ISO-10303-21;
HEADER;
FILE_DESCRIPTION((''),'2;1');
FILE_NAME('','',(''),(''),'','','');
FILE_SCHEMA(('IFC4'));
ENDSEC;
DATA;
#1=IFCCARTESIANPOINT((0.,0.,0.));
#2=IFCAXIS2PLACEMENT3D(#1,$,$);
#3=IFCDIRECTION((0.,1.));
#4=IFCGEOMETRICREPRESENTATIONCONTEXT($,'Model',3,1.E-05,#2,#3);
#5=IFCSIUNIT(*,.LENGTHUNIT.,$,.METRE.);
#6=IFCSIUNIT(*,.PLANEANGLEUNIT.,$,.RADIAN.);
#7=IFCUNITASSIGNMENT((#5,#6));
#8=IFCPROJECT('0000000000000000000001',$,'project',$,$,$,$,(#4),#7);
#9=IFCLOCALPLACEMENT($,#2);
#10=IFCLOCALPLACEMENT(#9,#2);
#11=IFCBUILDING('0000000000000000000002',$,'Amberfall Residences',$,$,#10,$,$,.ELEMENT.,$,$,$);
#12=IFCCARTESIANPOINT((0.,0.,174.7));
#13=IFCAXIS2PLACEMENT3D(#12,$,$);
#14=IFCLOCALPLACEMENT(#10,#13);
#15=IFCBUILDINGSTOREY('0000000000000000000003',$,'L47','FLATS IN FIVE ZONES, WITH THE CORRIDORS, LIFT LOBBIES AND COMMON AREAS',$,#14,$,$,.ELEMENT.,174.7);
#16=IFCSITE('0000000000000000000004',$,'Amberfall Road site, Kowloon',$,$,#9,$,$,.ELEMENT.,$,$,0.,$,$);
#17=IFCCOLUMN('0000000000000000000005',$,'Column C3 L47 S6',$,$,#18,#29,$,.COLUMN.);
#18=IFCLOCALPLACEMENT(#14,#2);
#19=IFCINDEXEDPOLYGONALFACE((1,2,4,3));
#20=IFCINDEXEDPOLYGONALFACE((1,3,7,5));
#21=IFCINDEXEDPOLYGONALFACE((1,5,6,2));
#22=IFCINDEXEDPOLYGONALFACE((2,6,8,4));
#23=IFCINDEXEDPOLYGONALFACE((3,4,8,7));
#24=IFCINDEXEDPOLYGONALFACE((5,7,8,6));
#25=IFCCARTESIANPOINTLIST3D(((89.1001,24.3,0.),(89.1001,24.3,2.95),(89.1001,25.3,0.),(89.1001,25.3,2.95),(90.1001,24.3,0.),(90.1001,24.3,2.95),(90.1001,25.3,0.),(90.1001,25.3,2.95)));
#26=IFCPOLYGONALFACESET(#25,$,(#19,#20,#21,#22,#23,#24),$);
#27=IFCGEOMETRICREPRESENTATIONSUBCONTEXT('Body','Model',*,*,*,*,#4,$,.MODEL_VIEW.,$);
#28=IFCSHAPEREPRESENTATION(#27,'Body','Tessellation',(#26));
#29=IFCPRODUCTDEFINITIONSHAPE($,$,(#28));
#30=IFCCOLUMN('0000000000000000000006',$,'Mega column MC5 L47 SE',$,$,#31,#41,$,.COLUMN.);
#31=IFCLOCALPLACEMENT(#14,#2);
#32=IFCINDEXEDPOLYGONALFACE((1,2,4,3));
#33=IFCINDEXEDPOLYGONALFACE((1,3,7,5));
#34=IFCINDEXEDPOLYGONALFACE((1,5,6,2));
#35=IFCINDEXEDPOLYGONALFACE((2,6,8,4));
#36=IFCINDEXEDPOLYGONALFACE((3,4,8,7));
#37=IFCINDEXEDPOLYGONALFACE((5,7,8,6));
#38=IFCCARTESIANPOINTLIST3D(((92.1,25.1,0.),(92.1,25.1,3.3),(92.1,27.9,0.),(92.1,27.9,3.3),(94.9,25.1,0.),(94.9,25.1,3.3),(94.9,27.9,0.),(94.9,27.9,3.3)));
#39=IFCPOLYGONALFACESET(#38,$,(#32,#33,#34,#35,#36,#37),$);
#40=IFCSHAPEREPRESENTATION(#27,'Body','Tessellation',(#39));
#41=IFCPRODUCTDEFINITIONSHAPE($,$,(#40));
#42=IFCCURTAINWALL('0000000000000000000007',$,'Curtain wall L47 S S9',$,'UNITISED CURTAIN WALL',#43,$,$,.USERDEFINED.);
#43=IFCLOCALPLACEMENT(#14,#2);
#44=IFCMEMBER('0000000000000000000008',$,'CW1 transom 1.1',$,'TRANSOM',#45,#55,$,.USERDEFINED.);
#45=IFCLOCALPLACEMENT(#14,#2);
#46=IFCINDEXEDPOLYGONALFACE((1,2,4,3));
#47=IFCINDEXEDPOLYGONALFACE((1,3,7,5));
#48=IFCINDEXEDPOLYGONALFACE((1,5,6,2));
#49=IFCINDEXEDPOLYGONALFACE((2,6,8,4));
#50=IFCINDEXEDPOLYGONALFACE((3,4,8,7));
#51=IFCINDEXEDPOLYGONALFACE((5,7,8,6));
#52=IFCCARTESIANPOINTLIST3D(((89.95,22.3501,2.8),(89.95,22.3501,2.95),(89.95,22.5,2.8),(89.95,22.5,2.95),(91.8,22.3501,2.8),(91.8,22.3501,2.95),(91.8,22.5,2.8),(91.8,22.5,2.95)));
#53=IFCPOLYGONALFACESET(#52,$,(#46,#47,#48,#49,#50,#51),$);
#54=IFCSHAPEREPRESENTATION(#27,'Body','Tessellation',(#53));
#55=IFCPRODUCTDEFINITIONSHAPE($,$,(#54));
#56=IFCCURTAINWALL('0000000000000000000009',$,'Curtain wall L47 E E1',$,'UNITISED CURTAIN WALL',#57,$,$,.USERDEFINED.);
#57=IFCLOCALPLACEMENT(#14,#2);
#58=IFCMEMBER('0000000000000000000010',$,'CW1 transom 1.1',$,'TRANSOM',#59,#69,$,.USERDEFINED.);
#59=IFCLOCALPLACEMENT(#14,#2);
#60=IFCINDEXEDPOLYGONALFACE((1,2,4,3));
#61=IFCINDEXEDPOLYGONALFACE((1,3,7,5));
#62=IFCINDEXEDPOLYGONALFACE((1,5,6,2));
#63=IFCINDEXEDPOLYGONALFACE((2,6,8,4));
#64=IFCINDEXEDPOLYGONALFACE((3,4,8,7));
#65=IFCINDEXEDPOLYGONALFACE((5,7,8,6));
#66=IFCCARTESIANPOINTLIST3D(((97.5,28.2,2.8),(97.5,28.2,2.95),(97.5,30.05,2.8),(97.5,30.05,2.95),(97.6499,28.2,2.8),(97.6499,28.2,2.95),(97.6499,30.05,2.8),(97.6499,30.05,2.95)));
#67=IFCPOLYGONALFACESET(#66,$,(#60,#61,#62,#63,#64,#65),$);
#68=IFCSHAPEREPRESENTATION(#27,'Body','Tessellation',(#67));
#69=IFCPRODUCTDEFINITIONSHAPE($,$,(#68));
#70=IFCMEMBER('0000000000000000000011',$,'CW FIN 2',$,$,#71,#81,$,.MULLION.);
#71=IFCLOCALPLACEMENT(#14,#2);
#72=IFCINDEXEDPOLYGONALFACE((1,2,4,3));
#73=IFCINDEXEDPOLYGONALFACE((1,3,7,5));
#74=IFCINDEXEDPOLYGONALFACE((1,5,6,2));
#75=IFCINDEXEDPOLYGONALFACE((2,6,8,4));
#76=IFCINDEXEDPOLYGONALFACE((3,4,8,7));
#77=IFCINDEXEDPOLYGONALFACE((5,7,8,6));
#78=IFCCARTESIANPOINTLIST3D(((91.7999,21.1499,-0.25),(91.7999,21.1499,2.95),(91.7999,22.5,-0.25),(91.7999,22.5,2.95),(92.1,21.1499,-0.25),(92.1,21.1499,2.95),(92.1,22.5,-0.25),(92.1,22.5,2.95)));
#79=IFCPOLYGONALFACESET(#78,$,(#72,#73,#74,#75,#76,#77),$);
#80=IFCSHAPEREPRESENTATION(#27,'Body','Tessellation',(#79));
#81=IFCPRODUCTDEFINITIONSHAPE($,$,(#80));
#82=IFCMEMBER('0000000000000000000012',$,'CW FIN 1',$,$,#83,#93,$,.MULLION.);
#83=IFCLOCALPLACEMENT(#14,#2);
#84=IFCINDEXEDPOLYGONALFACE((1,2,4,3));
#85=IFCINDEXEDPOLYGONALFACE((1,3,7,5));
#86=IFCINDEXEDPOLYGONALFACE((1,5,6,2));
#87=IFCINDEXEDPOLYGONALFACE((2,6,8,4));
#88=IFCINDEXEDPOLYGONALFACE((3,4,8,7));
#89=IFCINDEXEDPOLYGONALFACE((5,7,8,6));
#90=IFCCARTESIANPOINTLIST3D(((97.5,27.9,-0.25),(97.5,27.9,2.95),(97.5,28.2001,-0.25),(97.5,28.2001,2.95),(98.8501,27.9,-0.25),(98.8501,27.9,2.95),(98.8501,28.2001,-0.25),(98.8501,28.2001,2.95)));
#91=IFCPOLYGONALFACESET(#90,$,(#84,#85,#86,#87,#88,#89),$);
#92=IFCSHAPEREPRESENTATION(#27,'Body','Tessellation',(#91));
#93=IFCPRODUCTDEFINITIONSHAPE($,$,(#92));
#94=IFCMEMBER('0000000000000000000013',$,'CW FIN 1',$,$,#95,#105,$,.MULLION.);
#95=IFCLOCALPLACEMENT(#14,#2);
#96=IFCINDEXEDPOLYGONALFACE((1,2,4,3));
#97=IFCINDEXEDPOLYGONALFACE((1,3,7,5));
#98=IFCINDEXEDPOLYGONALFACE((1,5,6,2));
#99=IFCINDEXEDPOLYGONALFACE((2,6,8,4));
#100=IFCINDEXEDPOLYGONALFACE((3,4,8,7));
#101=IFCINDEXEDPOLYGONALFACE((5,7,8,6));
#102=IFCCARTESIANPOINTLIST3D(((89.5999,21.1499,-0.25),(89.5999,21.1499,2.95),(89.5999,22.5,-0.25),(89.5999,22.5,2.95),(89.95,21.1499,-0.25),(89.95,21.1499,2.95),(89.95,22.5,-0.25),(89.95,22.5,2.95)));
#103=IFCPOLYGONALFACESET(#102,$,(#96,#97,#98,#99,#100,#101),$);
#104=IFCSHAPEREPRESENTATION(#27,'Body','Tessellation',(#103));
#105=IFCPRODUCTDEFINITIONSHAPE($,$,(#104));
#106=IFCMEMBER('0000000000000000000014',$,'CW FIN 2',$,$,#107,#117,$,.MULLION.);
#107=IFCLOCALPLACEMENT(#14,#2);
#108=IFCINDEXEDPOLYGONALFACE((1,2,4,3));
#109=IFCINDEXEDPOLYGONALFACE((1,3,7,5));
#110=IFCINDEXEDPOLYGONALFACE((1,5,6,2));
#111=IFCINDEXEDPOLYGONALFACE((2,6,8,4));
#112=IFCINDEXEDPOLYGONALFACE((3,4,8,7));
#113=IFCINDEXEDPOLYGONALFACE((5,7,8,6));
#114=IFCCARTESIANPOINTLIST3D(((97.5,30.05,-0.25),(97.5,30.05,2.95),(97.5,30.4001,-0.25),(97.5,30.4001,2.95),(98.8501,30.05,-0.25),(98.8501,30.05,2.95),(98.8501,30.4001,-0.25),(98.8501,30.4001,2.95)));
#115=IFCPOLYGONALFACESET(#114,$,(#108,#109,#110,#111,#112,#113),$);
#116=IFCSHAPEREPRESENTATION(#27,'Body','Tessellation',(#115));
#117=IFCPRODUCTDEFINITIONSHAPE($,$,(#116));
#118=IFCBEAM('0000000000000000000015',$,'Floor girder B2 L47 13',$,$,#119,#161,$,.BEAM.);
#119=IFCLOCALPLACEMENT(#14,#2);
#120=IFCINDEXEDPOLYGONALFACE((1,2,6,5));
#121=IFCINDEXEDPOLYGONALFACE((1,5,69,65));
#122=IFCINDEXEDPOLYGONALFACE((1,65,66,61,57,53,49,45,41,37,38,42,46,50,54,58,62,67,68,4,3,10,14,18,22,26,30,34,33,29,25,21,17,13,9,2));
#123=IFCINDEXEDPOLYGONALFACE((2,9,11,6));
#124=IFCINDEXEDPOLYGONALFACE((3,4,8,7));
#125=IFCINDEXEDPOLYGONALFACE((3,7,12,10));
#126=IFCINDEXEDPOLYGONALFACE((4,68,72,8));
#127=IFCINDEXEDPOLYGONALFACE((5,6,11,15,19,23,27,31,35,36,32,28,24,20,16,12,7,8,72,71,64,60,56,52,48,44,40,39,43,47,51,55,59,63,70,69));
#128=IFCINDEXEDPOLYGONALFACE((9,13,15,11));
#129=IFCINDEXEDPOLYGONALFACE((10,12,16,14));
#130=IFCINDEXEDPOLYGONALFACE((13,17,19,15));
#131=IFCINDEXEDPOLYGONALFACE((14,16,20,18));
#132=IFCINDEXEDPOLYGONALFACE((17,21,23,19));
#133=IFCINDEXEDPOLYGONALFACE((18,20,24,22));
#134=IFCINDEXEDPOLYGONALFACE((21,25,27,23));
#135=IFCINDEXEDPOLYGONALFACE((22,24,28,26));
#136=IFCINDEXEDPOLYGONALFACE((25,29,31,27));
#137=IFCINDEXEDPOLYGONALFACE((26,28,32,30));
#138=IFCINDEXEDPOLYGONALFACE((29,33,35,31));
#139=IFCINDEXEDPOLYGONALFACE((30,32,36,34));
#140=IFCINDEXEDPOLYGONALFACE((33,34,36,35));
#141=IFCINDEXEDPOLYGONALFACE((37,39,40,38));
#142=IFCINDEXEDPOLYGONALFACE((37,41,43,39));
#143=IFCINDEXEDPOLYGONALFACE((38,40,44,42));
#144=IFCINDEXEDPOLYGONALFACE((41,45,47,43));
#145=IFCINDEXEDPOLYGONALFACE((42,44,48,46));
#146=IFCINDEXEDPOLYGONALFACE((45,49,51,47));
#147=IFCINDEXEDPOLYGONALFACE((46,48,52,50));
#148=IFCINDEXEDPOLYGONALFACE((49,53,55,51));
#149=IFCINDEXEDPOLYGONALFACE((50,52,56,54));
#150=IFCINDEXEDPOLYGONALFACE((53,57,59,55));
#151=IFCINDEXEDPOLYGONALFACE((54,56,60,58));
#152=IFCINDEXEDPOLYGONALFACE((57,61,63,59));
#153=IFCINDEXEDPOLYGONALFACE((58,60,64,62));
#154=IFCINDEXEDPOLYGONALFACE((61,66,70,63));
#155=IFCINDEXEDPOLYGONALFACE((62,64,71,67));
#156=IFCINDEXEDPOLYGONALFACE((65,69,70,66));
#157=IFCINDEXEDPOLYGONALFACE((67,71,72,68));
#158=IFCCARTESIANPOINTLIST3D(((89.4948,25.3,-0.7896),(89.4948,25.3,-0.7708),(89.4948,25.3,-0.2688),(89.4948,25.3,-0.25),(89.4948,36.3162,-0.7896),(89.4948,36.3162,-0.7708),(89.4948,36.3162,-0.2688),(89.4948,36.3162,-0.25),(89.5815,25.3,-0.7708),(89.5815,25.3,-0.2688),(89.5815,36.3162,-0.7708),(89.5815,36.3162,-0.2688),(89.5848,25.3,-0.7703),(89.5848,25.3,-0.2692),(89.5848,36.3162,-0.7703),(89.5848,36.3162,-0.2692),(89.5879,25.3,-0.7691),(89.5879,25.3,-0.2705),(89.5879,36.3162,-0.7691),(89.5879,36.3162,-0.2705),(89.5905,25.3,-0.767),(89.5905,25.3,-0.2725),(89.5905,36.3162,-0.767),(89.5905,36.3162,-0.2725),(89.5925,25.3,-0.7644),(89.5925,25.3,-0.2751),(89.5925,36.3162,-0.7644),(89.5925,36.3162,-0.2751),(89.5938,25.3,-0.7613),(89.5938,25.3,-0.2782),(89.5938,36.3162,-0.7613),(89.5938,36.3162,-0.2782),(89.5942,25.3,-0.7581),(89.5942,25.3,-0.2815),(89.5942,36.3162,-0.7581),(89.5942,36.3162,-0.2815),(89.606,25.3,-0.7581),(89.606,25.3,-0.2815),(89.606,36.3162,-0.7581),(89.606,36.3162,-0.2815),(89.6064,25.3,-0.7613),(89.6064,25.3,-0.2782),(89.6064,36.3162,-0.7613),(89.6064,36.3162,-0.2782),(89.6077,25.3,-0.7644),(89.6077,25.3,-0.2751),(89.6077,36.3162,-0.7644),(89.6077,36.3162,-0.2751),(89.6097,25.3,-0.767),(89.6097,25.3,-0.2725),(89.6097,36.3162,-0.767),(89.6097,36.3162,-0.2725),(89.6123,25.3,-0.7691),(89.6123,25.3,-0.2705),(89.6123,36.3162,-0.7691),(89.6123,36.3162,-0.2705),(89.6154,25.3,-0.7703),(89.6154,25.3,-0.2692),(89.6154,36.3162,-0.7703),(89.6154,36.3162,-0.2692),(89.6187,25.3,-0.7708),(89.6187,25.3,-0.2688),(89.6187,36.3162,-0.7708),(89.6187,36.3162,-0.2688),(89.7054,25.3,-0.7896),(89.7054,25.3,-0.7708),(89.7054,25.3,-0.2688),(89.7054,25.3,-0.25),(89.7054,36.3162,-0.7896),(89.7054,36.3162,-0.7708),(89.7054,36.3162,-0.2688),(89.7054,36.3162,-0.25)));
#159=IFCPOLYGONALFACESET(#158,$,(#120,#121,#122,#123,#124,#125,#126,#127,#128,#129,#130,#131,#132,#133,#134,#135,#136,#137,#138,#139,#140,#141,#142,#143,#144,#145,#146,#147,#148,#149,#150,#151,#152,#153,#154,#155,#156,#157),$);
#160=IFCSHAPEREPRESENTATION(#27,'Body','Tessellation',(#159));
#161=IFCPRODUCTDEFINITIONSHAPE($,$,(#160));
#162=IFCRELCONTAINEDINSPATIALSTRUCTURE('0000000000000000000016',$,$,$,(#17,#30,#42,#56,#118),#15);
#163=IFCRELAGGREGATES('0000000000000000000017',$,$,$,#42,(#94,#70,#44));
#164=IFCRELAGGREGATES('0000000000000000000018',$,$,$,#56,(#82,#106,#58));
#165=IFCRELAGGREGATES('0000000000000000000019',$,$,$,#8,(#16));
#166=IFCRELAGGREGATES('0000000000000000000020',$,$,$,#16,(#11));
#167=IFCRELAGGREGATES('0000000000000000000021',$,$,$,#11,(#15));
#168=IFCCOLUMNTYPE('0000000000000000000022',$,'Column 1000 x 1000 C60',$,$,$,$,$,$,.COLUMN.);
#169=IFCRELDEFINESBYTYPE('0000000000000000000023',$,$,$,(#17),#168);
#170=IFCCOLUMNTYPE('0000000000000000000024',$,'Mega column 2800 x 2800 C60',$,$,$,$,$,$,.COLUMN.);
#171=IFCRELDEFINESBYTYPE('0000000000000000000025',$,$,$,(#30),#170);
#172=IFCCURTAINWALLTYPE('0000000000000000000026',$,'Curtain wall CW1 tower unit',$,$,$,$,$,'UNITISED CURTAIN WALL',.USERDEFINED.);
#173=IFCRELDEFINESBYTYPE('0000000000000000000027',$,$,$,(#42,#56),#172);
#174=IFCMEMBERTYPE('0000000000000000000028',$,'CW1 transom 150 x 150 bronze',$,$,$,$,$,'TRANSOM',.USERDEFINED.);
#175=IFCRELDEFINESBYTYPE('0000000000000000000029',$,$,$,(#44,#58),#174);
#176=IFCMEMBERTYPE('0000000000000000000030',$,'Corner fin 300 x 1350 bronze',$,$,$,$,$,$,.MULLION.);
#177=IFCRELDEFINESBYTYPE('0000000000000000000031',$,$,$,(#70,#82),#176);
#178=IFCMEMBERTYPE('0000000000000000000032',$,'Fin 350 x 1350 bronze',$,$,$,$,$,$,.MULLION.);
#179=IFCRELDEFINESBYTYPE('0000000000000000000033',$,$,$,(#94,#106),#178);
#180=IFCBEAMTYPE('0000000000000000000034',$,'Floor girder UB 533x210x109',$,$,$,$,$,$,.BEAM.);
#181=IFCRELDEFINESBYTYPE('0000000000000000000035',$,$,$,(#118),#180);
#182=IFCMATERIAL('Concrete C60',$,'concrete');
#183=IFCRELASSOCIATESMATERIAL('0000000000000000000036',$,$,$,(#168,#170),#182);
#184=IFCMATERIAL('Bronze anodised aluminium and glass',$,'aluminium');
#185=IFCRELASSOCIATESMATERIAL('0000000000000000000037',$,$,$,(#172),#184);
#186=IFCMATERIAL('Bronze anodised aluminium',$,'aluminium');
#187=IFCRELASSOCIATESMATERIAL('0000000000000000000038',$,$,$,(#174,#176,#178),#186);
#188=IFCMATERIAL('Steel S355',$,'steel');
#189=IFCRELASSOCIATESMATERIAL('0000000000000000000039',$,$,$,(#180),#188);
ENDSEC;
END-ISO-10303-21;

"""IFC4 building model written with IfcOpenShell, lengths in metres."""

from ifc_helpers import new_model, si_unit, direction, frame, origin, origin_2d, place, context, subcontext, project, spatial, rectangle, i_section, extrude, material, material_profile, profile_set, type_object, element, aggregate, save


model = new_model("IFC4")

# Units and contexts
model_context = context("Model", 3, precision=1e-05, world=origin(), true_north=direction((0.0, 1.0)))
body_context = subcontext(model_context, "Body", "Model", "MODEL_VIEW")
ifc_project = project(units=[si_unit("LENGTHUNIT", "METRE"), si_unit("PLANEANGLEUNIT", "RADIAN")], contexts=[model_context])

# Site, building, storey
site_placement = place(None, origin())
site = spatial("IfcSite", under=ifc_project, at=site_placement, Name="Amberfall Road site, Kowloon", CompositionType="ELEMENT", RefElevation=0.0)
building_placement = place(site_placement, origin())
building = spatial("IfcBuilding", under=site, at=building_placement, Name="Amberfall Residences", CompositionType="ELEMENT")
storey_placement = place(building_placement, frame((0.0, 0.0, 174.7)))
storey = spatial("IfcBuildingStorey", under=building, at=storey_placement, Name="L47", Description="FLATS IN FIVE ZONES, WITH THE CORRIDORS, LIFT LOBBIES AND COMMON AREAS", CompositionType="ELEMENT", Elevation=174.7)

# Columns
ifc_material_1 = material(Name="Concrete C60", Category="concrete")
ifc_material_profile_1 = material_profile(ifc_material_1, rectangle(XDim=1.0, YDim=1.0, at=origin_2d()), Name="Column 1000 x 1000 C60")
ifc_profile_set_1 = profile_set([ifc_material_profile_1], Name="Concrete C60")
column_type_1 = type_object("IfcColumnType", Name="Column 1000 x 1000 C60", PredefinedType="COLUMN", material=ifc_profile_set_1)
column_1_placement = place(storey_placement, frame((89.6001, 24.8, 0.0), z_axis=(0.0, 0.0, 1.0), x_axis=(1.0, 0.0, 0.0)))
element("IfcColumn", 1, at=column_1_placement, inside=storey, type_object=column_type_1, Name="Column C3 L47 S6", PredefinedType="COLUMN", context=body_context, shape_type="SweptSolid", body=[
    extrude(rectangle(XDim=1.0, YDim=1.0, at=origin_2d()), origin(), (0.0, 0.0, 1.0), 2.95),
])
ifc_material_profile_2 = material_profile(ifc_material_1, rectangle(XDim=2.8, YDim=2.8, at=origin_2d()), Name="Mega column 2800 x 2800 C60")
ifc_profile_set_2 = profile_set([ifc_material_profile_2], Name="Concrete C60")
column_type_2 = type_object("IfcColumnType", Name="Mega column 2800 x 2800 C60", PredefinedType="COLUMN", material=ifc_profile_set_2)
column_2_placement = place(storey_placement, frame((93.5, 26.5, 0.0), z_axis=(0.0, 0.0, 1.0), x_axis=(1.0, 0.0, 0.0)))
element("IfcColumn", 2, at=column_2_placement, inside=storey, type_object=column_type_2, Name="Mega column MC5 L47 SE", PredefinedType="COLUMN", context=body_context, shape_type="SweptSolid", body=[
    extrude(rectangle(XDim=2.8, YDim=2.8, at=origin_2d()), origin(), (0.0, 0.0, 1.0), 3.3),
])

# Curtain walls, members
ifc_material_2 = material(Name="Bronze anodised aluminium and glass", Category="aluminium")
curtain_wall_type = type_object("IfcCurtainWallType", Name="Curtain wall CW1 tower unit", ElementType="UNITISED CURTAIN WALL", PredefinedType="USERDEFINED", material=ifc_material_2)
curtain_wall_1_placement = place(storey_placement, origin())
curtain_wall_1 = element("IfcCurtainWall", 3, at=curtain_wall_1_placement, inside=storey, type_object=curtain_wall_type, Name="Curtain wall L47 S S9", ObjectType="UNITISED CURTAIN WALL", PredefinedType="USERDEFINED")
ifc_material_3 = material(Name="Bronze anodised aluminium", Category="aluminium")
ifc_material_profile_3 = material_profile(ifc_material_3, rectangle(XDim=0.1499, YDim=0.1499, at=origin_2d()), Name="CW1 transom 150 x 150 bronze")
ifc_profile_set_3 = profile_set([ifc_material_profile_3], Name="Bronze anodised aluminium")
member_type_1 = type_object("IfcMemberType", Name="CW1 transom 150 x 150 bronze", ElementType="TRANSOM", PredefinedType="USERDEFINED", material=ifc_profile_set_3)
member_1_placement = place(storey_placement, frame((89.95, 22.425, 2.875), z_axis=(1.0, 0.0, 0.0), x_axis=(0.0, 1.0, 0.0)))
member_1 = element("IfcMember", 4, at=member_1_placement, type_object=member_type_1, Name="CW1 transom 1.1", ObjectType="TRANSOM", PredefinedType="USERDEFINED", context=body_context, shape_type="SweptSolid", body=[
    extrude(rectangle(XDim=0.1499, YDim=0.1499, at=origin_2d()), origin(), (0.0, 0.0, 1.0), 1.8501),
])
curtain_wall_2_placement = place(storey_placement, origin())
curtain_wall_2 = element("IfcCurtainWall", 5, at=curtain_wall_2_placement, inside=storey, type_object=curtain_wall_type, Name="Curtain wall L47 E E1", ObjectType="UNITISED CURTAIN WALL", PredefinedType="USERDEFINED")
member_2_placement = place(storey_placement, frame((97.575, 28.2, 2.875), z_axis=(0.0, 1.0, 0.0), x_axis=(-1.0, 0.0, 0.0)))
member_2 = element("IfcMember", 6, at=member_2_placement, type_object=member_type_1, Name="CW1 transom 1.1", ObjectType="TRANSOM", PredefinedType="USERDEFINED", context=body_context, shape_type="SweptSolid", body=[
    extrude(rectangle(XDim=0.1499, YDim=0.1499, at=origin_2d()), origin(), (0.0, 0.0, 1.0), 1.8501),
])

# Members
ifc_material_profile_4 = material_profile(ifc_material_3, rectangle(XDim=1.3501, YDim=0.3, at=origin_2d()), Name="Corner fin 300 x 1350 bronze")
ifc_profile_set_4 = profile_set([ifc_material_profile_4], Name="Bronze anodised aluminium")
member_type_2 = type_object("IfcMemberType", Name="Corner fin 300 x 1350 bronze", PredefinedType="MULLION", material=ifc_profile_set_4)
member_3_placement = place(storey_placement, frame((91.95, 21.825, -0.25), z_axis=(0.0, 0.0, 1.0), x_axis=(0.0, 1.0, 0.0)))
member_3 = element("IfcMember", 7, at=member_3_placement, type_object=member_type_2, Name="CW FIN 2", PredefinedType="MULLION", context=body_context, shape_type="SweptSolid", body=[
    extrude(rectangle(XDim=1.3501, YDim=0.3, at=origin_2d()), origin(), (0.0, 0.0, 1.0), 3.2),
])
member_4_placement = place(storey_placement, frame((98.175, 28.05, -0.25), z_axis=(0.0, 0.0, 1.0), x_axis=(-1.0, 0.0, 0.0)))
member_4 = element("IfcMember", 8, at=member_4_placement, type_object=member_type_2, Name="CW FIN 1", PredefinedType="MULLION", context=body_context, shape_type="SweptSolid", body=[
    extrude(rectangle(XDim=1.3501, YDim=0.3, at=origin_2d()), origin(), (0.0, 0.0, 1.0), 3.2),
])
ifc_material_profile_5 = material_profile(ifc_material_3, rectangle(XDim=1.3501, YDim=0.3501, at=origin_2d()), Name="Fin 350 x 1350 bronze")
ifc_profile_set_5 = profile_set([ifc_material_profile_5], Name="Bronze anodised aluminium")
member_type_3 = type_object("IfcMemberType", Name="Fin 350 x 1350 bronze", PredefinedType="MULLION", material=ifc_profile_set_5)
member_5_placement = place(storey_placement, frame((89.7749, 21.825, -0.25), z_axis=(0.0, 0.0, 1.0), x_axis=(0.0, 1.0, 0.0)))
member_5 = element("IfcMember", 9, at=member_5_placement, type_object=member_type_3, Name="CW FIN 1", PredefinedType="MULLION", context=body_context, shape_type="SweptSolid", body=[
    extrude(rectangle(XDim=1.3501, YDim=0.3501, at=origin_2d()), origin(), (0.0, 0.0, 1.0), 3.2),
])
member_6_placement = place(storey_placement, frame((98.175, 30.2251, -0.25), z_axis=(0.0, 0.0, 1.0), x_axis=(-1.0, 0.0, 0.0)))
member_6 = element("IfcMember", 10, at=member_6_placement, type_object=member_type_3, Name="CW FIN 2", PredefinedType="MULLION", context=body_context, shape_type="SweptSolid", body=[
    extrude(rectangle(XDim=1.3501, YDim=0.3501, at=origin_2d()), origin(), (0.0, 0.0, 1.0), 3.2),
])

# Beam
ifc_material_4 = material(Name="Steel S355", Category="steel")
ifc_material_profile_6 = material_profile(ifc_material_4, i_section(OverallWidth=0.2107, OverallDepth=0.5396, WebThickness=0.0117, FlangeThickness=0.0188, FilletRadius=0.0127, at=origin_2d()), Name="UB 533x210x109")
ifc_profile_set_6 = profile_set([ifc_material_profile_6], Name="Steel S355")
beam_type_1 = type_object("IfcBeamType", Name="Floor girder UB 533x210x109", PredefinedType="BEAM", material=ifc_profile_set_6)
beam_1_placement = place(storey_placement, frame((89.6001, 25.3, -0.5198), z_axis=(0.0, 1.0, 0.0), x_axis=(-1.0, 0.0, 0.0)))
element("IfcBeam", 11, at=beam_1_placement, inside=storey, type_object=beam_type_1, Name="Floor girder B2 L47 13", PredefinedType="BEAM", context=body_context, shape_type="SweptSolid", body=[
    extrude(i_section(OverallWidth=0.2107, OverallDepth=0.5396, WebThickness=0.0117, FlangeThickness=0.0188, FilletRadius=0.0127, at=origin_2d()), origin(), (0.0, 0.0, 1.0), 11.0161),
])

aggregate(curtain_wall_1, [member_5, member_3, member_1])
aggregate(curtain_wall_2, [member_4, member_6, member_2])

save(model, "model.ifc")
